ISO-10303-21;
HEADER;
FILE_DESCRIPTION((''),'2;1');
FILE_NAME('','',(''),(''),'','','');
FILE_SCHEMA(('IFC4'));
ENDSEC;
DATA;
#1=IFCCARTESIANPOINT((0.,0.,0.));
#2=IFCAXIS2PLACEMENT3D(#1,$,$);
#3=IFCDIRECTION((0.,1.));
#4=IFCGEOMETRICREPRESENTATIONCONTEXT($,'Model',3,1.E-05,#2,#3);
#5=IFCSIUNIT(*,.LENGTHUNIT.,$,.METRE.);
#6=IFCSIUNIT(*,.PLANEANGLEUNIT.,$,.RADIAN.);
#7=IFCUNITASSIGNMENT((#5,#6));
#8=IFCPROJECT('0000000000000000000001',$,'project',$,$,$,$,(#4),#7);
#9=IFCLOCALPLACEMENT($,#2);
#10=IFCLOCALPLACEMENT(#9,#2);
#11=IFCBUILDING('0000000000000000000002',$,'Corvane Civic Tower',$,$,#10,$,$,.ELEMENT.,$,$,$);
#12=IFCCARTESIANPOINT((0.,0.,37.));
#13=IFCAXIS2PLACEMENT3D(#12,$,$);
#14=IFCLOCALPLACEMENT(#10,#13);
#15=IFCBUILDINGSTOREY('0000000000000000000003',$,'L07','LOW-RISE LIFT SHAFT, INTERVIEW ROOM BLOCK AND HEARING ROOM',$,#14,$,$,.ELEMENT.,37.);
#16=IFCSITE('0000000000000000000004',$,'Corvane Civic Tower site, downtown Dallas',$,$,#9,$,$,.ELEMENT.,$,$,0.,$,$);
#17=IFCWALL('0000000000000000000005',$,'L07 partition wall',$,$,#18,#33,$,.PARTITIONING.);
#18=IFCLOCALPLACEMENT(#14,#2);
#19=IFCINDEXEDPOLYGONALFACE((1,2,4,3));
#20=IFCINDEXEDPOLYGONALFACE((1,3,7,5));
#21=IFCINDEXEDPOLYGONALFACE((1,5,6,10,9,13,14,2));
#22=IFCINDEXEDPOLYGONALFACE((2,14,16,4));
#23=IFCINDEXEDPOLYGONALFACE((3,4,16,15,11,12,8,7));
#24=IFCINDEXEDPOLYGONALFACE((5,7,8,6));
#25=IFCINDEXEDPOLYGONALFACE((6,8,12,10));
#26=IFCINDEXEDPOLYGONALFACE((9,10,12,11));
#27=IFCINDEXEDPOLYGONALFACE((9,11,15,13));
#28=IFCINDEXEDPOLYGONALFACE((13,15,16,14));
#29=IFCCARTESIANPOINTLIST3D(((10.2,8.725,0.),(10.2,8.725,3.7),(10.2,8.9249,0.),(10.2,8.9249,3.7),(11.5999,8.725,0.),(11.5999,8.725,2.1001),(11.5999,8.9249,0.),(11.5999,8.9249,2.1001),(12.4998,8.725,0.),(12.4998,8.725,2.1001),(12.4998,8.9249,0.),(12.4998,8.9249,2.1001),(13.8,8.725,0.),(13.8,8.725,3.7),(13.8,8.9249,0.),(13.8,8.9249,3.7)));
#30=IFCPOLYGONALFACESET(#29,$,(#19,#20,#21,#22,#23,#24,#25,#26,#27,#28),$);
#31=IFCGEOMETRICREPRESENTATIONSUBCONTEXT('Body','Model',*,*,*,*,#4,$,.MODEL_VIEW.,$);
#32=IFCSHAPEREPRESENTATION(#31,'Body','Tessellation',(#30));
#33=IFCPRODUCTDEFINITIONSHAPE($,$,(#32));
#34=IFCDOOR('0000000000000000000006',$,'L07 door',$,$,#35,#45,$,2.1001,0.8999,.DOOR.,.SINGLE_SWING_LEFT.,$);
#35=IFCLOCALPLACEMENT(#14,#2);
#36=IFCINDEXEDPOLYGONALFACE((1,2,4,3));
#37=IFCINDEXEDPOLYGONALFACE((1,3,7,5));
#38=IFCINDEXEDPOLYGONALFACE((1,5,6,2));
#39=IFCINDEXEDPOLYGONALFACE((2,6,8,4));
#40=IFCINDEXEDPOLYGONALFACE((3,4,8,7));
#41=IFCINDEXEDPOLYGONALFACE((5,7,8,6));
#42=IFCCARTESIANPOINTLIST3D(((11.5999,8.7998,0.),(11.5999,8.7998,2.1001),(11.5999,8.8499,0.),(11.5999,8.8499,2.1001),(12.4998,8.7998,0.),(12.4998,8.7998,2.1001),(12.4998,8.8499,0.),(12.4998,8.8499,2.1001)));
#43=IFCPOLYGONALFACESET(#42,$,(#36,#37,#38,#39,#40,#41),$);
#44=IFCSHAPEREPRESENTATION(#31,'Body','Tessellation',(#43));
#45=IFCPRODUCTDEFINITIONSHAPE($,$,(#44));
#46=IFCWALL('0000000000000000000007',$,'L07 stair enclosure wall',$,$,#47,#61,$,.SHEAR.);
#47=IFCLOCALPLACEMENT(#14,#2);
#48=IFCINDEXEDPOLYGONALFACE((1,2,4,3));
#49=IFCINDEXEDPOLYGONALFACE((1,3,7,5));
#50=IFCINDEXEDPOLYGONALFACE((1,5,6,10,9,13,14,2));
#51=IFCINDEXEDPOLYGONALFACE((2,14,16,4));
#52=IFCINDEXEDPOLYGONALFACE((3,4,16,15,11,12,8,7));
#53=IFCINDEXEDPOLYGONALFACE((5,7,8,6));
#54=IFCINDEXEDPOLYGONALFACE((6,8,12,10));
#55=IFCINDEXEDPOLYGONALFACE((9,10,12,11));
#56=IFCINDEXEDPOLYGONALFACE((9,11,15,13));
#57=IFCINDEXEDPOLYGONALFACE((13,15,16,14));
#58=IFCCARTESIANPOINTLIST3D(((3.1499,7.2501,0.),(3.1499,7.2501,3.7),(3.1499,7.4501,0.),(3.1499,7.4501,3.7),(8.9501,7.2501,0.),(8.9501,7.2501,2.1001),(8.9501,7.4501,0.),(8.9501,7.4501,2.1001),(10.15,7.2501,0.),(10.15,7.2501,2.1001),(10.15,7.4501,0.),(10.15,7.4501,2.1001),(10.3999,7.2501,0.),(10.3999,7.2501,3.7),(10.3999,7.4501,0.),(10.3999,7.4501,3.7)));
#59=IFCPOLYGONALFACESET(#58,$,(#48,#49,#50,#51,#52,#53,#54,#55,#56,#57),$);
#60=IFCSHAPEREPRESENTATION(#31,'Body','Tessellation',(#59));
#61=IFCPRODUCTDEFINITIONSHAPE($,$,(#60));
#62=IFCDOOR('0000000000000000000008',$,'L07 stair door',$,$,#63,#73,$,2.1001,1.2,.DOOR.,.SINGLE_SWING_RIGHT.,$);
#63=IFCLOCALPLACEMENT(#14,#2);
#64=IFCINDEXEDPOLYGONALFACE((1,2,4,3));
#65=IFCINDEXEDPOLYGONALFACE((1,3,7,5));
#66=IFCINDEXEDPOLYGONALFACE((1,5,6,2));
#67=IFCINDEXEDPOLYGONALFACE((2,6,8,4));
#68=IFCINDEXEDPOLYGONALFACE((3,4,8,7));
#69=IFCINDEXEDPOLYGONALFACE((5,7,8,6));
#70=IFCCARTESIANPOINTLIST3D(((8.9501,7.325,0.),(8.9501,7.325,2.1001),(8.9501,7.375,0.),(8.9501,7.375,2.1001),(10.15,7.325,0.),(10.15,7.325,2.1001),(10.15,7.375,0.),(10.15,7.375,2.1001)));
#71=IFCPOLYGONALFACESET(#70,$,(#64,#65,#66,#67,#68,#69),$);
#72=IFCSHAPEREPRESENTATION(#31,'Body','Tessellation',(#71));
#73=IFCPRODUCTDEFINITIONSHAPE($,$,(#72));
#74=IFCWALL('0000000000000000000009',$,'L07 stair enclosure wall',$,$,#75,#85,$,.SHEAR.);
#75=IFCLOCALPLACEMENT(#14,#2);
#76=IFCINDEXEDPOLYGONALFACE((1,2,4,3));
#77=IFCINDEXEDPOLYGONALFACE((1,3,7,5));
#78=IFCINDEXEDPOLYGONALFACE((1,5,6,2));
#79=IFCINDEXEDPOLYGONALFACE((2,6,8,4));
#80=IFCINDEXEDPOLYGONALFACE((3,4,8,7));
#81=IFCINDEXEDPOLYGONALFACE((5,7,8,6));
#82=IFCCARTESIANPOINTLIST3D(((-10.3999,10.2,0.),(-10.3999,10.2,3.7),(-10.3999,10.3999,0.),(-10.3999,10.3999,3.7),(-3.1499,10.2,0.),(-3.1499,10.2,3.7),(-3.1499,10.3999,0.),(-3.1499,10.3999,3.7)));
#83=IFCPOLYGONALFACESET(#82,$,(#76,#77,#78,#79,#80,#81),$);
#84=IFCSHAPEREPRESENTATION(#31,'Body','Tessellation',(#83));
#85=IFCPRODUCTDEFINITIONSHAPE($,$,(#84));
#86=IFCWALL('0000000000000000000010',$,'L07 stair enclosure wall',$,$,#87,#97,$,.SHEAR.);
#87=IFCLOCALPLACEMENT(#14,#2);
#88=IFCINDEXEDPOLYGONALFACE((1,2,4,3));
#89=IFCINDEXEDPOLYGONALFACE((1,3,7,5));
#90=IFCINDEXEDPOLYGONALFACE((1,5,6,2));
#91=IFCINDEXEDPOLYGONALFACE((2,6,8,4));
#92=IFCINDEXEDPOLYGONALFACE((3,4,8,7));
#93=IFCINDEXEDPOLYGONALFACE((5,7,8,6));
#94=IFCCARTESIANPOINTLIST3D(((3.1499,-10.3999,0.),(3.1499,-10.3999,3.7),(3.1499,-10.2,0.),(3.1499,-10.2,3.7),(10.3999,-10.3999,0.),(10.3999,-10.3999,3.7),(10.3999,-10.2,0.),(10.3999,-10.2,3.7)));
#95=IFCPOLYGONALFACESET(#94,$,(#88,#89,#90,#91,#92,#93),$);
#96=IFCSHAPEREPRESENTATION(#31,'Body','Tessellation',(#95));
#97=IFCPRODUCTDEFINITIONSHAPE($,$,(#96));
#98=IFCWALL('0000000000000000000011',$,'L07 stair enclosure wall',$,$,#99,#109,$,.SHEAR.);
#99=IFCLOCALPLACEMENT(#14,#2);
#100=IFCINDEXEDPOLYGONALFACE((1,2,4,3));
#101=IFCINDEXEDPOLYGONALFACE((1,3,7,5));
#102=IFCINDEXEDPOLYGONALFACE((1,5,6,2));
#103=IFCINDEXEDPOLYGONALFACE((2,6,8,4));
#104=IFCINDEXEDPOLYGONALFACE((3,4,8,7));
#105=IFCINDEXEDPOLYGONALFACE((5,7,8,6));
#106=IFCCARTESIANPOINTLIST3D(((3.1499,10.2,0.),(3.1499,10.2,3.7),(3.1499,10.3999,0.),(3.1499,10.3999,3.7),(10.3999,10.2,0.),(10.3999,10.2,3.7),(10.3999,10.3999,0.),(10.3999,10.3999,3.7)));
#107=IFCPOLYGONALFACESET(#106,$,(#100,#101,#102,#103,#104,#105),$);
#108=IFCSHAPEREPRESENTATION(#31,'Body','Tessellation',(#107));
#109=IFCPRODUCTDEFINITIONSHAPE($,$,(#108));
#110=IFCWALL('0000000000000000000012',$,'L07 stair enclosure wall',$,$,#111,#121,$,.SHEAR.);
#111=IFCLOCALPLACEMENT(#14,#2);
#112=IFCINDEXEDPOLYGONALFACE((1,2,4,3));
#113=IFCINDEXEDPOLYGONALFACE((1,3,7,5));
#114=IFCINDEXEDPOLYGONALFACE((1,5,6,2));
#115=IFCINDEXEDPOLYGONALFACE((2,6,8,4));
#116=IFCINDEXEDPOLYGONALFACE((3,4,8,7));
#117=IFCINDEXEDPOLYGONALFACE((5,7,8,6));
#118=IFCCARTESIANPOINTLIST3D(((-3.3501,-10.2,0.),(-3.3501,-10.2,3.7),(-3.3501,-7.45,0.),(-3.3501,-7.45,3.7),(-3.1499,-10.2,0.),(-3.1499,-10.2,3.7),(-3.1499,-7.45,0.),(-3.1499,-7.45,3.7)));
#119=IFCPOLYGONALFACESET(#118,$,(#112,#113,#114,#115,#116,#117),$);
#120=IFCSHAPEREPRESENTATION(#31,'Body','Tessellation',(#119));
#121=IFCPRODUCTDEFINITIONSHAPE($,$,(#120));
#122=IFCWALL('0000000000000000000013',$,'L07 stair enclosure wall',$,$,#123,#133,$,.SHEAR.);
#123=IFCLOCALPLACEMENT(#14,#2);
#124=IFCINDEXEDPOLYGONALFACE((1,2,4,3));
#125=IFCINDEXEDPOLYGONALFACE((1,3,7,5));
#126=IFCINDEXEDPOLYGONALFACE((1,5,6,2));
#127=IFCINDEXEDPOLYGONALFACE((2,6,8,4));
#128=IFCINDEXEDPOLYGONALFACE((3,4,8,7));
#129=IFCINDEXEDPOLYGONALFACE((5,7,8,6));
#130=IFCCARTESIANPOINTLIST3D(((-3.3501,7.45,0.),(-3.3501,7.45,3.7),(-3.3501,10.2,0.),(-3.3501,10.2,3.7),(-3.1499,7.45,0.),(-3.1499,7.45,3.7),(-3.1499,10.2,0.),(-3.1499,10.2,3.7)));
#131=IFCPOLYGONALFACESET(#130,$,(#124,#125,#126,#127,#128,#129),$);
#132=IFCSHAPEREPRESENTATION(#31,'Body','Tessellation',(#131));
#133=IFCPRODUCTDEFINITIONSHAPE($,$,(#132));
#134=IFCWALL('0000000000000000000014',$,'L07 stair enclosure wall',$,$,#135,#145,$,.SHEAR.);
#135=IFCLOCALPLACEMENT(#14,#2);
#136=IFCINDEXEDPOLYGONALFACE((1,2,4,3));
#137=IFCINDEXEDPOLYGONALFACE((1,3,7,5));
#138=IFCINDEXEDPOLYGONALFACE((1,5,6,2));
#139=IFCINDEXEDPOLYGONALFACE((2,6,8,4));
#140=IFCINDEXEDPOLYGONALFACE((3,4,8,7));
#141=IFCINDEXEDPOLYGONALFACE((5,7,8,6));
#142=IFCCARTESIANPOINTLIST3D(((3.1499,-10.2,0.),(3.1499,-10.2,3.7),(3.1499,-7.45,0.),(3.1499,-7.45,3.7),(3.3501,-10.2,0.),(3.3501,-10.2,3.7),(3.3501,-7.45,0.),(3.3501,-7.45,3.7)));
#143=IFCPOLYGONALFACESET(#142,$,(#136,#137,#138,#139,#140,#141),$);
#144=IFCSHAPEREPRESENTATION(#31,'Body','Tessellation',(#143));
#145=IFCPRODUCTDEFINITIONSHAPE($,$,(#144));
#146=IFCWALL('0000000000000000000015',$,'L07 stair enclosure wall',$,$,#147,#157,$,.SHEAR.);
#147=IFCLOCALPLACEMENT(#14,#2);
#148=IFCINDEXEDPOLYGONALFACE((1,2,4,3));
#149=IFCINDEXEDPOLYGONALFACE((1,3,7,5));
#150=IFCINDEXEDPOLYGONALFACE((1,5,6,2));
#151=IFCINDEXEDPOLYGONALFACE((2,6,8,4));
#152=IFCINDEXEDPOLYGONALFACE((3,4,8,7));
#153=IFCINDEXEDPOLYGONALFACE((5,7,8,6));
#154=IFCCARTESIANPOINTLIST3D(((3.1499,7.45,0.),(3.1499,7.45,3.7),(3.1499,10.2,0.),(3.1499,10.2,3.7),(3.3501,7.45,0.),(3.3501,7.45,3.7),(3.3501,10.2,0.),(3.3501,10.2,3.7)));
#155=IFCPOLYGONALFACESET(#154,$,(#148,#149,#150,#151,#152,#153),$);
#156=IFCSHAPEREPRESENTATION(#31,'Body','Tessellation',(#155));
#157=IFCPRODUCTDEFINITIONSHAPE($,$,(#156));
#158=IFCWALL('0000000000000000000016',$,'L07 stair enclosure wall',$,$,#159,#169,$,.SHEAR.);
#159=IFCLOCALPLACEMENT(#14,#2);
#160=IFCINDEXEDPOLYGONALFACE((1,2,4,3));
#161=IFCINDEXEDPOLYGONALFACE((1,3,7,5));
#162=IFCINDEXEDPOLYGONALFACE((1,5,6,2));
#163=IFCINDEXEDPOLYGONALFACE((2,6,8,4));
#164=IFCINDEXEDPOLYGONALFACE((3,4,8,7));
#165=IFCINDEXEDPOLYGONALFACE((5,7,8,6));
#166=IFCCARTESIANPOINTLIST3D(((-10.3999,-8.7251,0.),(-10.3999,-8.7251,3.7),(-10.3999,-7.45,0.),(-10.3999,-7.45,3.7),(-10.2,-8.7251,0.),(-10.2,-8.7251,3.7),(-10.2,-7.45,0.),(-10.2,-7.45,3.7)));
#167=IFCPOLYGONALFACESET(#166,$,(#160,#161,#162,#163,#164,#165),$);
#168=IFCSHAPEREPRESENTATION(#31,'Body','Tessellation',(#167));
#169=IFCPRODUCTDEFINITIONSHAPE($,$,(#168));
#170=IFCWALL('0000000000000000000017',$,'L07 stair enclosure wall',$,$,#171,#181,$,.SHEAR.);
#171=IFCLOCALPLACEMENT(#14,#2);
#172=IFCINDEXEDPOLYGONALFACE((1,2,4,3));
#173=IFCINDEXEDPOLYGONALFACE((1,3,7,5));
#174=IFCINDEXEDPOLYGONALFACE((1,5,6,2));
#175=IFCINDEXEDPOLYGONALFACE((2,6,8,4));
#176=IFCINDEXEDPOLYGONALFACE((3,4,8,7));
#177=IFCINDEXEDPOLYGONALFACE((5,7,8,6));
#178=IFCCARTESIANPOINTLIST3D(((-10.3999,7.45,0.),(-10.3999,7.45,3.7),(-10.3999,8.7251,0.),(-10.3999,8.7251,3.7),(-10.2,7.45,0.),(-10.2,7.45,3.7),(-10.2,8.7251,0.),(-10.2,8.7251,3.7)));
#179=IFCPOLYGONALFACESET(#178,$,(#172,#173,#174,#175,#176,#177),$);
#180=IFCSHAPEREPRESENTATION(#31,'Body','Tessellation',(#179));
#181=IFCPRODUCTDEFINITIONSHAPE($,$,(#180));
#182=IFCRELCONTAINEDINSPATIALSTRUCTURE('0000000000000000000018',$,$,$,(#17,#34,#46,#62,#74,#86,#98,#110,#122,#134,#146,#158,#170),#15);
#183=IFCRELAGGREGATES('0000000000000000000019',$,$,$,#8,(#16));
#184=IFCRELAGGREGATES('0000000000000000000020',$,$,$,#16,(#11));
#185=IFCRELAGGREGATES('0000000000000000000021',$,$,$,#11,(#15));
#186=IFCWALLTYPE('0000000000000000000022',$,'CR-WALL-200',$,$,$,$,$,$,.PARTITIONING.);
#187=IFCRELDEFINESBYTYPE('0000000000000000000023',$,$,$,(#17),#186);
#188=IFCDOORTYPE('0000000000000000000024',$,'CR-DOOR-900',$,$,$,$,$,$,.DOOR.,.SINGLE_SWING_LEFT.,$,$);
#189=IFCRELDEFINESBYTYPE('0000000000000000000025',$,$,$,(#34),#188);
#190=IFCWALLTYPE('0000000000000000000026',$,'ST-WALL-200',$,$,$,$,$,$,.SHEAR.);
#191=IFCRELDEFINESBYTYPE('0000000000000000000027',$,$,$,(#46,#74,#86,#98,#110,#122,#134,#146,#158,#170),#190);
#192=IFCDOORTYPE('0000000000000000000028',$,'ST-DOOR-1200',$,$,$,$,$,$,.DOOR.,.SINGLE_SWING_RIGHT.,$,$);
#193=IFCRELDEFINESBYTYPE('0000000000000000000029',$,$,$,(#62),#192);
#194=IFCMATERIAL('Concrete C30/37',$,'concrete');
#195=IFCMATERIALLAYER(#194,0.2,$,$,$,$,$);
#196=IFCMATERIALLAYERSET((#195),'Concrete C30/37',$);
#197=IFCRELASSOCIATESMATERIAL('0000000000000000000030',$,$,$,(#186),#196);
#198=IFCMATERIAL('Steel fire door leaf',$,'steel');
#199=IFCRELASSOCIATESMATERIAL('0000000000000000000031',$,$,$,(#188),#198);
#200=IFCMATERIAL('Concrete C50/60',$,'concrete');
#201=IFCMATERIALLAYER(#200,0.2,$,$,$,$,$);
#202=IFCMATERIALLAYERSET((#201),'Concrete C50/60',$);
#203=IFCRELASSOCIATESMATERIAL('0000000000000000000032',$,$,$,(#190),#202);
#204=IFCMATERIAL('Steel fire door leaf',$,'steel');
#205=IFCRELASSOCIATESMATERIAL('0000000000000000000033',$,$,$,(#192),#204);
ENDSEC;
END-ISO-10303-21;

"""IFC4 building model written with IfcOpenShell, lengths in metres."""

from ifc_helpers import new_model, si_unit, direction, frame, frame_2d, origin, place, context, subcontext, project, spatial, polyline, rectangle, outline, extrude, material, layer, layer_set, type_object, element, fill, save


model = new_model("IFC4")

# Units and contexts
model_context = context("Model", 3, precision=1e-05, world=origin(), true_north=direction((0.0, 1.0)))
body_context = subcontext(model_context, "Body", "Model", "MODEL_VIEW")
ifc_project = project(units=[si_unit("LENGTHUNIT", "METRE"), si_unit("PLANEANGLEUNIT", "RADIAN")], contexts=[model_context])

# Site, building, storey
site_placement = place(None, origin())
site = spatial("IfcSite", under=ifc_project, at=site_placement, Name="Corvane Civic Tower site, downtown Dallas", CompositionType="ELEMENT", RefElevation=0.0)
building_placement = place(site_placement, origin())
building = spatial("IfcBuilding", under=site, at=building_placement, Name="Corvane Civic Tower", CompositionType="ELEMENT")
storey_placement = place(building_placement, frame((0.0, 0.0, 37.0)))
storey = spatial("IfcBuildingStorey", under=building, at=storey_placement, Name="L07", Description="LOW-RISE LIFT SHAFT, INTERVIEW ROOM BLOCK AND HEARING ROOM", CompositionType="ELEMENT", Elevation=37.0)

# Walls, openings, doors
ifc_material_1 = material(Name="Concrete C30/37", Category="concrete")
ifc_layer_1 = layer(ifc_material_1, 0.2)
ifc_layer_set_1 = layer_set([ifc_layer_1], Name="Concrete C30/37")
wall_type_1 = type_object("IfcWallType", Name="CR-WALL-200", PredefinedType="PARTITIONING", material=ifc_layer_set_1)
ifc_material_2 = material(Name="Steel fire door leaf", Category="steel")
door_type_1 = type_object("IfcDoorType", Name="CR-DOOR-900", OperationType="SINGLE_SWING_LEFT", PredefinedType="DOOR", material=ifc_material_2)
wall_1_placement = place(storey_placement, frame((10.2, 8.825, 0.0), z_axis=(0.0, 0.0, 1.0), x_axis=(1.0, 0.0, 0.0)))
wall_1 = element("IfcWall", 1, at=wall_1_placement, inside=storey, type_object=wall_type_1, Name="L07 partition wall", PredefinedType="PARTITIONING", context=body_context, shape_type="SweptSolid", body=[
    extrude(rectangle(XDim=3.6001, YDim=0.2, at=frame_2d((1.8, 0.0))), origin(), (0.0, 0.0, 1.0), 3.7),
])
opening_1_placement = place(wall_1_placement, frame((1.3999, 0.0, 0.0)))
opening_1 = element("IfcOpeningElement", 2, at=opening_1_placement, cuts=wall_1, PredefinedType="OPENING", context=body_context, shape_type="SweptSolid", body=[
    extrude(rectangle(XDim=0.8999, YDim=2.1001, at=frame_2d((0.45, 1.05))), frame((0.0, 0.1099, 0.0), z_axis=(0.0, -1.0, 0.0), x_axis=(1.0, 0.0, 0.0)), (0.0, 0.0, 1.0), 0.22),
])
door_1_placement = place(opening_1_placement, origin())
door_1 = element("IfcDoor", 3, at=door_1_placement, inside=storey, type_object=door_type_1, Name="L07 door", OperationType="SINGLE_SWING_LEFT", OverallHeight=2.1001, OverallWidth=0.8999, PredefinedType="DOOR", context=body_context, shape_type="SweptSolid", body=[
    extrude(rectangle(XDim=0.8999, YDim=2.1001, at=frame_2d((0.45, 1.05))), frame((0.0, 0.0249, 0.0), z_axis=(0.0, -1.0, 0.0), x_axis=(1.0, 0.0, 0.0)), (0.0, 0.0, 1.0), 0.05),
])
fill(opening_1, door_1)
ifc_material_3 = material(Name="Concrete C50/60", Category="concrete")
ifc_layer_2 = layer(ifc_material_3, 0.2)
ifc_layer_set_2 = layer_set([ifc_layer_2], Name="Concrete C50/60")
wall_type_2 = type_object("IfcWallType", Name="ST-WALL-200", PredefinedType="SHEAR", material=ifc_layer_set_2)
wall_2_placement = place(storey_placement, frame((3.1499, 7.3501, 0.0), z_axis=(0.0, 0.0, 1.0), x_axis=(1.0, 0.0, 0.0)))
wall_2 = element("IfcWall", 4, at=wall_2_placement, inside=storey, type_object=wall_type_2, Name="L07 stair enclosure wall", PredefinedType="SHEAR", context=body_context, shape_type="SweptSolid", body=[
    extrude(rectangle(XDim=7.25, YDim=0.2, at=frame_2d((3.625, 0.0))), origin(), (0.0, 0.0, 1.0), 3.7),
])
opening_2_placement = place(wall_2_placement, frame((5.8, 0.0, 0.0)))
opening_2 = element("IfcOpeningElement", 5, at=opening_2_placement, cuts=wall_2, PredefinedType="OPENING", context=body_context, shape_type="SweptSolid", body=[
    extrude(rectangle(XDim=1.2, YDim=2.1001, at=frame_2d((0.6001, 1.05))), frame((0.0, 0.1099, 0.0), z_axis=(0.0, -1.0, 0.0), x_axis=(1.0, 0.0, 0.0)), (0.0, 0.0, 1.0), 0.22),
])
ifc_material_4 = material(Name="Steel fire door leaf", Category="steel")
door_type_2 = type_object("IfcDoorType", Name="ST-DOOR-1200", OperationType="SINGLE_SWING_RIGHT", PredefinedType="DOOR", material=ifc_material_4)
door_2_placement = place(opening_2_placement, origin())
door_2 = element("IfcDoor", 6, at=door_2_placement, inside=storey, type_object=door_type_2, Name="L07 stair door", OperationType="SINGLE_SWING_RIGHT", OverallHeight=2.1001, OverallWidth=1.2, PredefinedType="DOOR", context=body_context, shape_type="SweptSolid", body=[
    extrude(rectangle(XDim=1.2, YDim=2.1001, at=frame_2d((0.6001, 1.05))), frame((0.0, 0.0249, 0.0), z_axis=(0.0, -1.0, 0.0), x_axis=(1.0, 0.0, 0.0)), (0.0, 0.0, 1.0), 0.05),
])
fill(opening_2, door_2)

# Walls
wall_3_placement = place(storey_placement, origin())
element("IfcWall", 7, at=wall_3_placement, inside=storey, type_object=wall_type_2, Name="L07 stair enclosure wall", PredefinedType="SHEAR", context=body_context, shape_type="SweptSolid", body=[
    extrude(outline(polyline([(-3.1499, 10.2), (-10.3999, 10.2), (-10.3999, 10.3999), (-3.1499, 10.3999), (-3.1499, 10.2)])), origin(), (0.0, 0.0, 1.0), 3.7),
])
wall_4_placement = place(storey_placement, origin())
element("IfcWall", 8, at=wall_4_placement, inside=storey, type_object=wall_type_2, Name="L07 stair enclosure wall", PredefinedType="SHEAR", context=body_context, shape_type="SweptSolid", body=[
    extrude(outline(polyline([(10.3999, -10.3999), (3.1499, -10.3999), (3.1499, -10.2), (10.3999, -10.2), (10.3999, -10.3999)])), origin(), (0.0, 0.0, 1.0), 3.7),
])
wall_5_placement = place(storey_placement, origin())
element("IfcWall", 9, at=wall_5_placement, inside=storey, type_object=wall_type_2, Name="L07 stair enclosure wall", PredefinedType="SHEAR", context=body_context, shape_type="SweptSolid", body=[
    extrude(outline(polyline([(10.3999, 10.2), (3.1499, 10.2), (3.1499, 10.3999), (10.3999, 10.3999), (10.3999, 10.2)])), origin(), (0.0, 0.0, 1.0), 3.7),
])
wall_6_placement = place(storey_placement, origin())
element("IfcWall", 10, at=wall_6_placement, inside=storey, type_object=wall_type_2, Name="L07 stair enclosure wall", PredefinedType="SHEAR", context=body_context, shape_type="SweptSolid", body=[
    extrude(outline(polyline([(-3.1499, -7.45), (-3.1499, -10.2), (-3.3501, -10.2), (-3.3501, -7.45), (-3.1499, -7.45)])), origin(), (0.0, 0.0, 1.0), 3.7),
])
wall_7_placement = place(storey_placement, origin())
element("IfcWall", 11, at=wall_7_placement, inside=storey, type_object=wall_type_2, Name="L07 stair enclosure wall", PredefinedType="SHEAR", context=body_context, shape_type="SweptSolid", body=[
    extrude(outline(polyline([(-3.1499, 7.45), (-3.3501, 7.45), (-3.3501, 10.2), (-3.1499, 10.2), (-3.1499, 7.45)])), origin(), (0.0, 0.0, 1.0), 3.7),
])
wall_8_placement = place(storey_placement, origin())
element("IfcWall", 12, at=wall_8_placement, inside=storey, type_object=wall_type_2, Name="L07 stair enclosure wall", PredefinedType="SHEAR", context=body_context, shape_type="SweptSolid", body=[
    extrude(outline(polyline([(3.3501, -7.45), (3.3501, -10.2), (3.1499, -10.2), (3.1499, -7.45), (3.3501, -7.45)])), origin(), (0.0, 0.0, 1.0), 3.7),
])
wall_9_placement = place(storey_placement, origin())
element("IfcWall", 13, at=wall_9_placement, inside=storey, type_object=wall_type_2, Name="L07 stair enclosure wall", PredefinedType="SHEAR", context=body_context, shape_type="SweptSolid", body=[
    extrude(outline(polyline([(3.3501, 7.45), (3.1499, 7.45), (3.1499, 10.2), (3.3501, 10.2), (3.3501, 7.45)])), origin(), (0.0, 0.0, 1.0), 3.7),
])
wall_10_placement = place(storey_placement, origin())
element("IfcWall", 14, at=wall_10_placement, inside=storey, type_object=wall_type_2, Name="L07 stair enclosure wall", PredefinedType="SHEAR", context=body_context, shape_type="SweptSolid", body=[
    extrude(outline(polyline([(-10.2, -7.45), (-10.2, -8.7251), (-10.3999, -8.7251), (-10.3999, -7.45), (-10.2, -7.45)])), origin(), (0.0, 0.0, 1.0), 3.7),
])
wall_11_placement = place(storey_placement, origin())
element("IfcWall", 15, at=wall_11_placement, inside=storey, type_object=wall_type_2, Name="L07 stair enclosure wall", PredefinedType="SHEAR", context=body_context, shape_type="SweptSolid", body=[
    extrude(outline(polyline([(-10.2, 8.7251), (-10.2, 7.45), (-10.3999, 7.45), (-10.3999, 8.7251), (-10.2, 8.7251)])), origin(), (0.0, 0.0, 1.0), 3.7),
])

save(model, "model.ifc")
